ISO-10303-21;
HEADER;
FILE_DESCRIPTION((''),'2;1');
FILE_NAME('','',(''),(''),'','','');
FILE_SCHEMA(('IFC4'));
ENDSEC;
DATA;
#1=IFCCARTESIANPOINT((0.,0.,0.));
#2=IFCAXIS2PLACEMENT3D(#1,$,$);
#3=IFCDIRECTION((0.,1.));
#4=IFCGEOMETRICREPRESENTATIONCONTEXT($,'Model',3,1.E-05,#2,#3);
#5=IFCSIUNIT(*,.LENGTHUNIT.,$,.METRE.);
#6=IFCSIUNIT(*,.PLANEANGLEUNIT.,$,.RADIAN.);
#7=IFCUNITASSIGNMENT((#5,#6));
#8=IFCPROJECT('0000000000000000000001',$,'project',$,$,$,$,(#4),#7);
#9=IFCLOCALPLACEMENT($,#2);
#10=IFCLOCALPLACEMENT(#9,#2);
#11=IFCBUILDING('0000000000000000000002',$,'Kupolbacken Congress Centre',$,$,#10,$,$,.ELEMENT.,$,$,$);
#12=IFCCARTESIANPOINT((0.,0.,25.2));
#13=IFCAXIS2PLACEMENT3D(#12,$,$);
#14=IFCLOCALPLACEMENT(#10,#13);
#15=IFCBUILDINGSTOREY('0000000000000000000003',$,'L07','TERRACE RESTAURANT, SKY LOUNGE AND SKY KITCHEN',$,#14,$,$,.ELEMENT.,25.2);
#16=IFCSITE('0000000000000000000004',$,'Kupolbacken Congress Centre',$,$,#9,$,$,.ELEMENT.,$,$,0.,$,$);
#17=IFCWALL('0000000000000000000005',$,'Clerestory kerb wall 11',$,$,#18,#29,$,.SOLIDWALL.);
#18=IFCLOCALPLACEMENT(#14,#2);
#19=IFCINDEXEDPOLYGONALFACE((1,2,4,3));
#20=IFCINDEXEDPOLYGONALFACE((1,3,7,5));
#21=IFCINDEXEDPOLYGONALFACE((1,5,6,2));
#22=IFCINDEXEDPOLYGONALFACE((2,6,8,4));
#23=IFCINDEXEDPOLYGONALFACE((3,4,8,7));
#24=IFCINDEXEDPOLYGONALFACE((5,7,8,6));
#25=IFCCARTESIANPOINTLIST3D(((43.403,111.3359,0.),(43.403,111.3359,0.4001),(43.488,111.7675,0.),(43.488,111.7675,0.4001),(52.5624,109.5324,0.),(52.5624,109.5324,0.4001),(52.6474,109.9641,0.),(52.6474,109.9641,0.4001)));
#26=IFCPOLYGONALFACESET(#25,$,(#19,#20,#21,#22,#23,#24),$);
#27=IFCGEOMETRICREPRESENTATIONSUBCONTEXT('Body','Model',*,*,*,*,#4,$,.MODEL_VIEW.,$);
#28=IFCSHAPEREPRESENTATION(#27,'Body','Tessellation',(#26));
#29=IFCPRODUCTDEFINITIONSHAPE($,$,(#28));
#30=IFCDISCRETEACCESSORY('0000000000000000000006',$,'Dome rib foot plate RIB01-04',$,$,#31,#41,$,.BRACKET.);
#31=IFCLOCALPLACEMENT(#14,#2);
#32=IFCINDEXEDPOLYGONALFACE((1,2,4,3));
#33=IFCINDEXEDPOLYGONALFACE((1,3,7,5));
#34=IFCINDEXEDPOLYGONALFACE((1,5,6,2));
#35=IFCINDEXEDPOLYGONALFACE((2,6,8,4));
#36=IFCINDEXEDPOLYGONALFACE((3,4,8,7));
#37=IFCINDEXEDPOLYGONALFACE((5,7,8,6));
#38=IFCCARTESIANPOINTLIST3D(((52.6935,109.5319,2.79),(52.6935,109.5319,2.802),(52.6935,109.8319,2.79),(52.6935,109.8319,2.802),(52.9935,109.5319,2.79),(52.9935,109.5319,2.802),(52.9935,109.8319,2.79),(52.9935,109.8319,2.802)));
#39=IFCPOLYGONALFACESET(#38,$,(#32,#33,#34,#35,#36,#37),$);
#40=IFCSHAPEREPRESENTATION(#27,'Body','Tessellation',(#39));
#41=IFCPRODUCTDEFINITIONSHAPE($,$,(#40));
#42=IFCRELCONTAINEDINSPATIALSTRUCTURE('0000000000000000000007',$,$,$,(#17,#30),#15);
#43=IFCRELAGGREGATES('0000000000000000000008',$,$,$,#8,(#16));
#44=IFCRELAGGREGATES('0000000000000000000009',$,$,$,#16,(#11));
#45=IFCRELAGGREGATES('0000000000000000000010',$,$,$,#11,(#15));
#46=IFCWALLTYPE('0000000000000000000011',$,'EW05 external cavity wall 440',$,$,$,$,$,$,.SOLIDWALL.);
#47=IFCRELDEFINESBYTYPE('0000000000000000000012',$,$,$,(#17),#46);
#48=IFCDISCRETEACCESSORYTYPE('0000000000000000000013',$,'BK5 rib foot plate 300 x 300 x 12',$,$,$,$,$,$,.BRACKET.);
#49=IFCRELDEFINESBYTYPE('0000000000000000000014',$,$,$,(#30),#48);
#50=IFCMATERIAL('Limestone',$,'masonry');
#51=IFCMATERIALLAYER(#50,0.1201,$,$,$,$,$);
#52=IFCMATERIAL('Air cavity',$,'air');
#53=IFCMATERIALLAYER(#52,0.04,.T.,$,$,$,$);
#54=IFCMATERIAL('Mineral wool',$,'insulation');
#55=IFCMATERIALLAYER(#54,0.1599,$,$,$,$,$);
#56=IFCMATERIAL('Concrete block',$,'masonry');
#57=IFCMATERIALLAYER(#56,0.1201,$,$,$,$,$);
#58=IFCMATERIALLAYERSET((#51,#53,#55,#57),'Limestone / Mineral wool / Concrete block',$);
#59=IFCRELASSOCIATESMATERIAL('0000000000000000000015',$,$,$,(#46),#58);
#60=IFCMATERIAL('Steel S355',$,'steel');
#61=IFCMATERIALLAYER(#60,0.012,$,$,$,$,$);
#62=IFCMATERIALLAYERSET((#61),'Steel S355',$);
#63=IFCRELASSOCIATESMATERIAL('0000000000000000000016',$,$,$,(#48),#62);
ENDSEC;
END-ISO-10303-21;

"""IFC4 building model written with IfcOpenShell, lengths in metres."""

from ifc_helpers import new_model, si_unit, direction, frame, frame_2d, origin, origin_2d, place, context, subcontext, project, spatial, rectangle, extrude, material, layer, layer_set, type_object, element, save


model = new_model("IFC4")

# Units and contexts
model_context = context("Model", 3, precision=1e-05, world=origin(), true_north=direction((0.0, 1.0)))
body_context = subcontext(model_context, "Body", "Model", "MODEL_VIEW")
ifc_project = project(units=[si_unit("LENGTHUNIT", "METRE"), si_unit("PLANEANGLEUNIT", "RADIAN")], contexts=[model_context])

# Site, building, storey
site_placement = place(None, origin())
site = spatial("IfcSite", under=ifc_project, at=site_placement, Name="Kupolbacken Congress Centre", CompositionType="ELEMENT", RefElevation=0.0)
building_placement = place(site_placement, origin())
building = spatial("IfcBuilding", under=site, at=building_placement, Name="Kupolbacken Congress Centre", CompositionType="ELEMENT")
storey_placement = place(building_placement, frame((0.0, 0.0, 25.2)))
storey = spatial("IfcBuildingStorey", under=building, at=storey_placement, Name="L07", Description="TERRACE RESTAURANT, SKY LOUNGE AND SKY KITCHEN", CompositionType="ELEMENT", Elevation=25.2)

# Wall
ifc_material_1 = material(Name="Limestone", Category="masonry")
ifc_layer_1 = layer(ifc_material_1, 0.1201)
ifc_material_2 = material(Name="Air cavity", Category="air")
ifc_layer_2 = layer(ifc_material_2, 0.04, ventilated=True)
ifc_material_3 = material(Name="Mineral wool", Category="insulation")
ifc_layer_3 = layer(ifc_material_3, 0.1599)
ifc_material_4 = material(Name="Concrete block", Category="masonry")
ifc_layer_4 = layer(ifc_material_4, 0.1201)
ifc_layer_set_1 = layer_set([ifc_layer_1, ifc_layer_2, ifc_layer_3, ifc_layer_4], Name="Limestone / Mineral wool / Concrete block")
wall_type = type_object("IfcWallType", Name="EW05 external cavity wall 440", PredefinedType="SOLIDWALL", material=ifc_layer_set_1)
wall_placement = place(storey_placement, frame((52.6047, 109.7483, 0.0), z_axis=(0.0, 0.0, 1.0), x_axis=(-0.981162, 0.193188, 0.0)))
element("IfcWall", 1, at=wall_placement, inside=storey, type_object=wall_type, Name="Clerestory kerb wall 11", PredefinedType="SOLIDWALL", context=body_context, shape_type="SweptSolid", body=[
    extrude(rectangle(XDim=9.3352, YDim=0.4399, at=frame_2d((4.6675, 0.0))), origin(), (0.0, 0.0, 1.0), 0.4001),
])

# Discrete accessory
ifc_material_5 = material(Name="Steel S355", Category="steel")
ifc_layer_5 = layer(ifc_material_5, 0.012)
ifc_layer_set_2 = layer_set([ifc_layer_5], Name="Steel S355")
discrete_accessory_type = type_object("IfcDiscreteAccessoryType", Name="BK5 rib foot plate 300 x 300 x 12", PredefinedType="BRACKET", material=ifc_layer_set_2)
discrete_accessory_placement = place(storey_placement, frame((52.8435, 109.6819, 2.79), z_axis=(0.0, 0.0, 1.0), x_axis=(1.0, 0.0, 0.0)))
element("IfcDiscreteAccessory", 2, at=discrete_accessory_placement, inside=storey, type_object=discrete_accessory_type, Name="Dome rib foot plate RIB01-04", PredefinedType="BRACKET", context=body_context, shape_type="SweptSolid", body=[
    extrude(rectangle(XDim=0.3, YDim=0.3, at=origin_2d()), origin(), (0.0, 0.0, 1.0), 0.012),
])

save(model, "model.ifc")
